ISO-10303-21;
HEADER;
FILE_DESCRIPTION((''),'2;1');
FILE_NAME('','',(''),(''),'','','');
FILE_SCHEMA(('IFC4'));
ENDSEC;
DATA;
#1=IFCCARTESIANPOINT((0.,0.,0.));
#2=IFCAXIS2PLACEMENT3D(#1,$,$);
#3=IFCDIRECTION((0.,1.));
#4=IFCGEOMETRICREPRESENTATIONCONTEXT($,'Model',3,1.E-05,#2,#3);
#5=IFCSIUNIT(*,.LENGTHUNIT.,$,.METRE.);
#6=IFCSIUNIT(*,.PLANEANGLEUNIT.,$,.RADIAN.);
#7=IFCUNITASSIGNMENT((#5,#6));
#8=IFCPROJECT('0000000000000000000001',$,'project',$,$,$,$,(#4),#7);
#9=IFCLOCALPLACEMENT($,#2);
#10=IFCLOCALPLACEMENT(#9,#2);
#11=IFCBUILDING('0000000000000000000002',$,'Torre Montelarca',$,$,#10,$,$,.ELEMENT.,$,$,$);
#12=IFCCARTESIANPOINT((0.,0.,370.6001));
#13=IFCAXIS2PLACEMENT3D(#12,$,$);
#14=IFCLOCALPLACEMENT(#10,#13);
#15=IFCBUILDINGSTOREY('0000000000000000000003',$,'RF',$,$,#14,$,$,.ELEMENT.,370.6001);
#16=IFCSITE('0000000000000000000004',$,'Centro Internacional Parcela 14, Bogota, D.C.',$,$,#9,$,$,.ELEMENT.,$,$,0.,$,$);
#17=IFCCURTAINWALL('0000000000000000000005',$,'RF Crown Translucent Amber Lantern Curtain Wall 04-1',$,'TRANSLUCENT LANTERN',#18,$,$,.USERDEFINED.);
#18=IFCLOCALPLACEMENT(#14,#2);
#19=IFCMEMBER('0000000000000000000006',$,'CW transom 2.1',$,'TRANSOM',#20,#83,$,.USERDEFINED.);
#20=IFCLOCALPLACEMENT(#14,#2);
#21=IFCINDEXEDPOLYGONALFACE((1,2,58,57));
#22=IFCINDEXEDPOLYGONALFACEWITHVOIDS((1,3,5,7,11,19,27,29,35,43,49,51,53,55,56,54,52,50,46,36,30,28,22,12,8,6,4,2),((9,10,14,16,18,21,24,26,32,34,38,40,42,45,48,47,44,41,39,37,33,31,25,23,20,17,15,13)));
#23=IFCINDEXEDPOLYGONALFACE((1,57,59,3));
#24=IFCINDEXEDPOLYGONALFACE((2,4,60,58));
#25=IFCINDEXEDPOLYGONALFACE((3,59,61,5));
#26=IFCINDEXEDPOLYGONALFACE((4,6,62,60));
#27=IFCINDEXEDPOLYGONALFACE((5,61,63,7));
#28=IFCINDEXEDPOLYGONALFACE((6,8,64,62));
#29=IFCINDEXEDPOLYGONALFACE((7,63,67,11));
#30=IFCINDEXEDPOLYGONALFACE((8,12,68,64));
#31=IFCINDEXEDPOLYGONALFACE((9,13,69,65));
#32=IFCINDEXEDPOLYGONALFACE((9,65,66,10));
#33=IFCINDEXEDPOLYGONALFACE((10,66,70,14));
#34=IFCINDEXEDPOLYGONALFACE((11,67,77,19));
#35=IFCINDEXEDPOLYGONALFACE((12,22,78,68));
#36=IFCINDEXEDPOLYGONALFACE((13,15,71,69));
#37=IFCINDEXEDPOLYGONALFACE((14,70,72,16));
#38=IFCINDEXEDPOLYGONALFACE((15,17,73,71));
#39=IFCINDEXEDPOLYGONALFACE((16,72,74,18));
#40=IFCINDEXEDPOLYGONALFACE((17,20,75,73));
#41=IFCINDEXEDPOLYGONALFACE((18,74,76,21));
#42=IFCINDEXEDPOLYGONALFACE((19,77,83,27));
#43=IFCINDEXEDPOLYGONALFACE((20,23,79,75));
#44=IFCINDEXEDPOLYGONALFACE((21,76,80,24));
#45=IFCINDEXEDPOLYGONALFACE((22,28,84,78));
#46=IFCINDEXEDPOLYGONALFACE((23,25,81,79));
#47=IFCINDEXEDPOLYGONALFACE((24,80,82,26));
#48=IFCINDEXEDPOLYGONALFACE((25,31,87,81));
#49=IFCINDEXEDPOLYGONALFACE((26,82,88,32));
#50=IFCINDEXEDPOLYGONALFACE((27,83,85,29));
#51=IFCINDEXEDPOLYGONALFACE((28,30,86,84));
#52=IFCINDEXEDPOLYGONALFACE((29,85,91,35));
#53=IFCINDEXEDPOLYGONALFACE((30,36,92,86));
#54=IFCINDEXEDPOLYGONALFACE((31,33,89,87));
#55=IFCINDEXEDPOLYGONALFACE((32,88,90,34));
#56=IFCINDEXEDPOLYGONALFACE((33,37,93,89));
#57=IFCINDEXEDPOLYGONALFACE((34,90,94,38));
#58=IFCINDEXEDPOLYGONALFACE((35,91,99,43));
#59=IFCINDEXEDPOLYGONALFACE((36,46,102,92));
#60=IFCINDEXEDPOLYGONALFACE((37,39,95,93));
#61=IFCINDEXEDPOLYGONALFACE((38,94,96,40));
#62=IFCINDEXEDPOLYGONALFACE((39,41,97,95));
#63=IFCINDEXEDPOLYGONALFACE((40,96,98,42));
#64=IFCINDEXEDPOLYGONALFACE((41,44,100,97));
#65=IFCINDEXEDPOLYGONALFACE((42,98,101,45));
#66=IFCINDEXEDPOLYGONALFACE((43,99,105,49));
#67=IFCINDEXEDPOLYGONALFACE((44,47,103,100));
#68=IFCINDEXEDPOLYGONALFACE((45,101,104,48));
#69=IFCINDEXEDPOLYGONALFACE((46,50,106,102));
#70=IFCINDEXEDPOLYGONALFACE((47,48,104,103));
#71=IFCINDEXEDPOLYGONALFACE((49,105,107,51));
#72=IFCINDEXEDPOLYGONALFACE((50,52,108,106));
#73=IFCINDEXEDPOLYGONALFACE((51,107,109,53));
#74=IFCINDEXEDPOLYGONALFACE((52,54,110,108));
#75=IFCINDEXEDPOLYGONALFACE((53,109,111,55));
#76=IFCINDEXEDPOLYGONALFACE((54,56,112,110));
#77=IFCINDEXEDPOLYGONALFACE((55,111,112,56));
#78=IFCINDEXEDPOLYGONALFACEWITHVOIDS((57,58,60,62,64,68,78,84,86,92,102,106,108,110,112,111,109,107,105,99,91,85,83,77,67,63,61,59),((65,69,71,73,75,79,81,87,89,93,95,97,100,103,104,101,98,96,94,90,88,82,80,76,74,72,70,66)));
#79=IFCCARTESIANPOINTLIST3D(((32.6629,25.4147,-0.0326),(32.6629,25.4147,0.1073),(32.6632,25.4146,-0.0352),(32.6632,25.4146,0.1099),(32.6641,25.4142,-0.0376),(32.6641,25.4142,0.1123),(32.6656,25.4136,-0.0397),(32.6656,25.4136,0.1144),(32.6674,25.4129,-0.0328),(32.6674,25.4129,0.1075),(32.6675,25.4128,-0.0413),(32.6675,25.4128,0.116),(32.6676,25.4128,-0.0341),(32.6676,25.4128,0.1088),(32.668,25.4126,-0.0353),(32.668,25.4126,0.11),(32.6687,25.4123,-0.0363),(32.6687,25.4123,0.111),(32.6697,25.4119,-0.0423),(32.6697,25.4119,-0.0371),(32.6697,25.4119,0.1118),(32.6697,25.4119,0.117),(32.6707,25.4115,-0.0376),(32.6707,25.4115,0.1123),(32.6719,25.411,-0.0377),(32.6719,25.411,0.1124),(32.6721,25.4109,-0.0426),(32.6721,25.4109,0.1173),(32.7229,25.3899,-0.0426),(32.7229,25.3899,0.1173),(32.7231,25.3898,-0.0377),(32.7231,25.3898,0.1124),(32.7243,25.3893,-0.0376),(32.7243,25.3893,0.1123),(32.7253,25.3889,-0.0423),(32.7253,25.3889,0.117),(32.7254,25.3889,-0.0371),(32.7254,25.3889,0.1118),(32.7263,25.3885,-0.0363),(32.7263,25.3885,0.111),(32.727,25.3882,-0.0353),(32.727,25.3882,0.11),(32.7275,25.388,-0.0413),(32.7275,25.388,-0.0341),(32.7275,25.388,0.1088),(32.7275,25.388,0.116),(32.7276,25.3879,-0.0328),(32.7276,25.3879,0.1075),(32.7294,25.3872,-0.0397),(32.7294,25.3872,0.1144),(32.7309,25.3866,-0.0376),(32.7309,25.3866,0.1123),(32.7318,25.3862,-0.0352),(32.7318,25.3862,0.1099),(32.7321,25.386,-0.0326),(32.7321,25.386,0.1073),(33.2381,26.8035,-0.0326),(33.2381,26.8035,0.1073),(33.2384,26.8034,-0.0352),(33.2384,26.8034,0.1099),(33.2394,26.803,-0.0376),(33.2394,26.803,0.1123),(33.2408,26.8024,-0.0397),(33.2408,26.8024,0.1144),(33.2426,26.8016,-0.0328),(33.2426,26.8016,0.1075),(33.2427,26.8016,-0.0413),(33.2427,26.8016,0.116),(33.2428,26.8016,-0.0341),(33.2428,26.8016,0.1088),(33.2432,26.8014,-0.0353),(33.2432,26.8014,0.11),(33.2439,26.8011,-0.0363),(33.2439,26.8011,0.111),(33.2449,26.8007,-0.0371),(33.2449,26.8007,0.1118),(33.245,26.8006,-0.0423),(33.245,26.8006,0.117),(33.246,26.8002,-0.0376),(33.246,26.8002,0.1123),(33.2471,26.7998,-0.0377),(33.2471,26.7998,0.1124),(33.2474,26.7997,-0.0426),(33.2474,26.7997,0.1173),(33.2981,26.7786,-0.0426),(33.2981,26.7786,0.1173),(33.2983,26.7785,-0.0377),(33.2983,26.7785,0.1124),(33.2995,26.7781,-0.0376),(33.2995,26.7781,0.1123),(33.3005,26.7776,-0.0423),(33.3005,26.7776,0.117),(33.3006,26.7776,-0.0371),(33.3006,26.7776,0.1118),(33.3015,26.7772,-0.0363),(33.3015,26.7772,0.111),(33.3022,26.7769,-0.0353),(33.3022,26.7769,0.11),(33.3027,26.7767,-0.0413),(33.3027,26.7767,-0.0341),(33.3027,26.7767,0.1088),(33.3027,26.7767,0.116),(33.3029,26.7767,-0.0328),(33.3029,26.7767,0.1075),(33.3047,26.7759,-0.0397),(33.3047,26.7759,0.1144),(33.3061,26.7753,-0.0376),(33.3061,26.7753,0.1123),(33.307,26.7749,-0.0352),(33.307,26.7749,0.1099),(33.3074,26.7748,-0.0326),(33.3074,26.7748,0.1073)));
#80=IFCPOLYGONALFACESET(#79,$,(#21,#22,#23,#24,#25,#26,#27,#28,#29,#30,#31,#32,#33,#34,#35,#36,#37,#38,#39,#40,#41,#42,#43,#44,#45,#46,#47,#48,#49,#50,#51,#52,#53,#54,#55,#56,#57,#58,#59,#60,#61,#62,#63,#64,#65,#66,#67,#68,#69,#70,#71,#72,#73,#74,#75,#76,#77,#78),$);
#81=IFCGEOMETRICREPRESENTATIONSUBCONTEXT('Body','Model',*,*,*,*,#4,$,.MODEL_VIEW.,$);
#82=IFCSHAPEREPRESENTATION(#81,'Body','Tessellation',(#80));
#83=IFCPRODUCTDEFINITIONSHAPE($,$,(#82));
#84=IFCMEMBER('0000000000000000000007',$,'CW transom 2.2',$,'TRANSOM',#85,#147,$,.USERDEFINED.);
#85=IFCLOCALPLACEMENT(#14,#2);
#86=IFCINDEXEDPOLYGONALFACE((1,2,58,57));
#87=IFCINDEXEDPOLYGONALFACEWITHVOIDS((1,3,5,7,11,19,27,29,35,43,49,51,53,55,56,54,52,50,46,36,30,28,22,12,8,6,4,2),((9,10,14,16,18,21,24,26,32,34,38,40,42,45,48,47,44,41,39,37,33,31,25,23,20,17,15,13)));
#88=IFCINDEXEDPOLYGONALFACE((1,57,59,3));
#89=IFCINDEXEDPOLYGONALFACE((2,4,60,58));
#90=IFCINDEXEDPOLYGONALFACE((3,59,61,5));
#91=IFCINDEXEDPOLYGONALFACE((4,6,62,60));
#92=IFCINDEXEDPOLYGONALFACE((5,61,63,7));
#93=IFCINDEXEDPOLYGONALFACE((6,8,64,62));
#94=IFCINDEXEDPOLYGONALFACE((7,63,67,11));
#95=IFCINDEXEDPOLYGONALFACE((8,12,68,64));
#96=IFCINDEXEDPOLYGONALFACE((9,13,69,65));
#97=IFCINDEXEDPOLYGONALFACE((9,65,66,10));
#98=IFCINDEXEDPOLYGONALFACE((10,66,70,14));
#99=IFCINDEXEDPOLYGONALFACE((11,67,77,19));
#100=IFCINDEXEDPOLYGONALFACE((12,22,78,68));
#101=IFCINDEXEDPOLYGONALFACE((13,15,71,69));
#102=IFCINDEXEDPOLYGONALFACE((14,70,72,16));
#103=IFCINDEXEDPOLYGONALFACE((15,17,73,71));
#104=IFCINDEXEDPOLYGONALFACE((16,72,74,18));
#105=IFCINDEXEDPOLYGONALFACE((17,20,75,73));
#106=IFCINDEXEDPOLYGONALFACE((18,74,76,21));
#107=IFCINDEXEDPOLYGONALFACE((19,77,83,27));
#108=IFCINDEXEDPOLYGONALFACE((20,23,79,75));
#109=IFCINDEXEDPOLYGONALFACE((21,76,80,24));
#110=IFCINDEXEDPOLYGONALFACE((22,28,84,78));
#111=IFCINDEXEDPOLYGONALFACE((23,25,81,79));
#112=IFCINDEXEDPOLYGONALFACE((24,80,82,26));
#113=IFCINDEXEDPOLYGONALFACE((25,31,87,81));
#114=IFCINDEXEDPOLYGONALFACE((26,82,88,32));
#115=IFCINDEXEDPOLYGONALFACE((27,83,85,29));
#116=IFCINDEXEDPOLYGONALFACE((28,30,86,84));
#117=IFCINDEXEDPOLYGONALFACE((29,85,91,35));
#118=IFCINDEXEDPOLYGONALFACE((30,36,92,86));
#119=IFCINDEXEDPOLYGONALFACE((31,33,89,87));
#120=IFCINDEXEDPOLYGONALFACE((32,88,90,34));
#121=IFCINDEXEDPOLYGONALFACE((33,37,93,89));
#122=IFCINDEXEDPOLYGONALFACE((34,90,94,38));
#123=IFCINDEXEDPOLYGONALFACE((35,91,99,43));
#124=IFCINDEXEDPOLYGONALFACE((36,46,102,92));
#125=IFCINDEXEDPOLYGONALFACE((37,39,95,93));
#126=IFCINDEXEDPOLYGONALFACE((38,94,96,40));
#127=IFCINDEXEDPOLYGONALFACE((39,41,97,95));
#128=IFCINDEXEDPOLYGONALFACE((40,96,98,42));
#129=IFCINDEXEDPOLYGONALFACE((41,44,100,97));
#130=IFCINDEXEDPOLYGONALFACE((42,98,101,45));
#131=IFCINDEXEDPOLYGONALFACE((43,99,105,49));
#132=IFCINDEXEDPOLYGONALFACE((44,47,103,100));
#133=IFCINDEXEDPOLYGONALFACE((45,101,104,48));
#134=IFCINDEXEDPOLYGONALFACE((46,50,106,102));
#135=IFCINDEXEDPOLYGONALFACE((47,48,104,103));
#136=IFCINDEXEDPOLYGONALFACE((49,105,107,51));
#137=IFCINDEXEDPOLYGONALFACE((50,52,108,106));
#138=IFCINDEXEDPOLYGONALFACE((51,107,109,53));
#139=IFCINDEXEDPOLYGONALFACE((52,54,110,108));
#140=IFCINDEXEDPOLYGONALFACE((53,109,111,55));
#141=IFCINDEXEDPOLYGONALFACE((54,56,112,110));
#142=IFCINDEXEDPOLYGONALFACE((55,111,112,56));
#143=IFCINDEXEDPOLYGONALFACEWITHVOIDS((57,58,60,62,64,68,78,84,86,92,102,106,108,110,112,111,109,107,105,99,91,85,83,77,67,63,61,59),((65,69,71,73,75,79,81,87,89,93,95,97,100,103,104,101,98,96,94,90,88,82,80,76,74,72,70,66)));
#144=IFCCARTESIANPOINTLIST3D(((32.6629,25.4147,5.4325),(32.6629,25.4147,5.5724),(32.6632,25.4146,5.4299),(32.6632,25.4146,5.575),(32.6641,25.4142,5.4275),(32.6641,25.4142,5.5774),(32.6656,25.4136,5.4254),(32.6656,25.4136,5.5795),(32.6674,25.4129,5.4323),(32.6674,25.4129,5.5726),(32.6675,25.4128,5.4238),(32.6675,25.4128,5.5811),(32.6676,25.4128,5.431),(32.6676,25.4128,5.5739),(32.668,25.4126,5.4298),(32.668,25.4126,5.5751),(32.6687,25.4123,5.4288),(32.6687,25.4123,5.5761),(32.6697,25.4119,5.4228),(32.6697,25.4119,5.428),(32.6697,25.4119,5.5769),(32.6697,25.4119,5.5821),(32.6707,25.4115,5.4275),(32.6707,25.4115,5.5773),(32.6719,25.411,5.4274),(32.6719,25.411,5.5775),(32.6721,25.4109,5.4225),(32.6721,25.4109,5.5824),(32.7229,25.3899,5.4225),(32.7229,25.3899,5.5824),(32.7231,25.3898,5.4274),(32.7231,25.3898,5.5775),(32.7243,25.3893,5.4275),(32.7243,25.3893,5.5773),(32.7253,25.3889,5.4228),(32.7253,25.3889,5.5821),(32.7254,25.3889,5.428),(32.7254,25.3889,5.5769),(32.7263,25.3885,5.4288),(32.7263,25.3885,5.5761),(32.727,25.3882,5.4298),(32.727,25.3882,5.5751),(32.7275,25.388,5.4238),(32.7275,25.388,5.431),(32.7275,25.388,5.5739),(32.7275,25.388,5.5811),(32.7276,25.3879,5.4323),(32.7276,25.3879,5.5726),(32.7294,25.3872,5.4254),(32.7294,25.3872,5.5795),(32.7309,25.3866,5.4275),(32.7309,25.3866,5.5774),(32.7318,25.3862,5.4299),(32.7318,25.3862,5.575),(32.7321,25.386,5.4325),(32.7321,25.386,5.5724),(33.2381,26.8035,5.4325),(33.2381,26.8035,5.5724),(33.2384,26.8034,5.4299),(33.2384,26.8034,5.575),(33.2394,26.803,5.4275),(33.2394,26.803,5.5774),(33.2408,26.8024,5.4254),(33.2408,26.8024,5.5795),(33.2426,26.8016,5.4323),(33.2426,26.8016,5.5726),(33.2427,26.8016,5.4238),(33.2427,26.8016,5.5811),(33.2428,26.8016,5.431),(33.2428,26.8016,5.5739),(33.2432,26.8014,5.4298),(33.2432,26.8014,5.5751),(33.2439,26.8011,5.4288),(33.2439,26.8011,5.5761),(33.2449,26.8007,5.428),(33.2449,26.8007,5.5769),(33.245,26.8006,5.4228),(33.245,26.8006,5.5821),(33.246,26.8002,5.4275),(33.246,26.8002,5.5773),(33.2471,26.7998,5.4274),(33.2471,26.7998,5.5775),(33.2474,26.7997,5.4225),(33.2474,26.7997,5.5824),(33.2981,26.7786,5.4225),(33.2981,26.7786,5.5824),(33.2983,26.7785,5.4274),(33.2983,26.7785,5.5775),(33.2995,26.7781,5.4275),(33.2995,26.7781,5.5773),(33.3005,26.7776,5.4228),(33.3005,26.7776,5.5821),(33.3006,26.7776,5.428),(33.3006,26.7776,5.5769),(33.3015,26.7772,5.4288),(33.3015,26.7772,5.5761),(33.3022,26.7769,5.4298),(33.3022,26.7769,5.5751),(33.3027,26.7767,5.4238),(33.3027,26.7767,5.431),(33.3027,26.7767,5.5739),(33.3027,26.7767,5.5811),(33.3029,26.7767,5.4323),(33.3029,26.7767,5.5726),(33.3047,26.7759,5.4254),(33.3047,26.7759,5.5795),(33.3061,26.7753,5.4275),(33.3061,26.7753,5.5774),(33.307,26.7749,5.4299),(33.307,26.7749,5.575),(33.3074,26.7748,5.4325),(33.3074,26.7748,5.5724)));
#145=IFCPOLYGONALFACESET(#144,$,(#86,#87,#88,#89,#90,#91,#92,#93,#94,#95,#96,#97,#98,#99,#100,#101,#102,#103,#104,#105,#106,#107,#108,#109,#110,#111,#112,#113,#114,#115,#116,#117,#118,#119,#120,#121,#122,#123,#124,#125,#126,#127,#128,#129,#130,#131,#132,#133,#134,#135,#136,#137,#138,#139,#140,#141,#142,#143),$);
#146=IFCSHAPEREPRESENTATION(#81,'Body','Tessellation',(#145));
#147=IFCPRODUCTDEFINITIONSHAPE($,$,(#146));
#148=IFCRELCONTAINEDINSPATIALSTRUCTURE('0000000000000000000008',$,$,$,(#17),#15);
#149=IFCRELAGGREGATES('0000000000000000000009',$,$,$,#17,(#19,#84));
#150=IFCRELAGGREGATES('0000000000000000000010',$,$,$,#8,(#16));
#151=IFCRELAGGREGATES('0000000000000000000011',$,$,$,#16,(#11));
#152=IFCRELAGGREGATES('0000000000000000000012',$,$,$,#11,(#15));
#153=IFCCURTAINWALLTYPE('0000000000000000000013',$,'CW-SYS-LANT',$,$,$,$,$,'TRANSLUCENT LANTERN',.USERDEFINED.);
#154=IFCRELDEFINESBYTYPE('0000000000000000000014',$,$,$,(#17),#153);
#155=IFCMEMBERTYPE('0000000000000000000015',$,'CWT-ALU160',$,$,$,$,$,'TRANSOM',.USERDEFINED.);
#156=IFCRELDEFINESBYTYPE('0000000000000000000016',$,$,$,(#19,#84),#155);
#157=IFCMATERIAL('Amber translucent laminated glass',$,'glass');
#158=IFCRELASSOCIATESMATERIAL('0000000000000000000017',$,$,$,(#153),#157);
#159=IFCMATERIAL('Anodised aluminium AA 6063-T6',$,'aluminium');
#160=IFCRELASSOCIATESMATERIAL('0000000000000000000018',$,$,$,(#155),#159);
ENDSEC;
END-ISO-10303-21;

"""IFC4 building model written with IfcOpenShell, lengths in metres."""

from ifc_helpers import new_model, si_unit, direction, frame, origin, origin_2d, place, context, subcontext, project, spatial, hollow_rectangle, extrude, source, transform, mapped, material, material_profile, profile_set, type_object, element, aggregate, save


model = new_model("IFC4")

# Units and contexts
model_context = context("Model", 3, precision=1e-05, world=origin(), true_north=direction((0.0, 1.0)))
body_context = subcontext(model_context, "Body", "Model", "MODEL_VIEW")
ifc_project = project(units=[si_unit("LENGTHUNIT", "METRE"), si_unit("PLANEANGLEUNIT", "RADIAN")], contexts=[model_context])

# Site, building, storey
site_placement = place(None, origin())
site = spatial("IfcSite", under=ifc_project, at=site_placement, Name="Centro Internacional Parcela 14, Bogota, D.C.", CompositionType="ELEMENT", RefElevation=0.0)
building_placement = place(site_placement, origin())
building = spatial("IfcBuilding", under=site, at=building_placement, Name="Torre Montelarca", CompositionType="ELEMENT")
storey_placement = place(building_placement, frame((0.0, 0.0, 370.6001)))
storey = spatial("IfcBuildingStorey", under=building, at=storey_placement, Name="RF", CompositionType="ELEMENT", Elevation=370.6001)

# Curtain wall
ifc_material_1 = material(Name="Amber translucent laminated glass", Category="glass")
curtain_wall_type = type_object("IfcCurtainWallType", Name="CW-SYS-LANT", ElementType="TRANSLUCENT LANTERN", PredefinedType="USERDEFINED", material=ifc_material_1)
ifc_material_2 = material(Name="Anodised aluminium AA 6063-T6", Category="aluminium")
curtain_wall_1_placement = place(storey_placement, origin())
curtain_wall_1 = element("IfcCurtainWall", 1, at=curtain_wall_1_placement, inside=storey, type_object=curtain_wall_type, Name="RF Crown Translucent Amber Lantern Curtain Wall 04-1", ObjectType="TRANSLUCENT LANTERN", PredefinedType="USERDEFINED")
ifc_material_profile_1 = material_profile(ifc_material_2, hollow_rectangle(XDim=0.075, YDim=0.1599, WallThickness=0.0049, InnerFilletRadius=0.0049, OuterFilletRadius=0.01, at=origin_2d()), Name="ALU75X160X5", Category="aluminium")
ifc_profile_set_1 = profile_set([ifc_material_profile_1], Name="Anodised aluminium AA 6063-T6")
member_type_1 = type_object("IfcMemberType", Name="CWT-ALU160", ElementType="TRANSOM", PredefinedType="USERDEFINED", material=ifc_profile_set_1)

# Members
shared_shape_1 = source(origin(), body_context, "Body", "SweptSolid", [
    extrude(hollow_rectangle(XDim=0.075, YDim=0.1599, WallThickness=0.0049, InnerFilletRadius=0.0049, OuterFilletRadius=0.01, at=origin_2d()), origin(), (0.0, 0.0, 1.0), 1.5032),
])
member_1_placement = place(storey_placement, frame((32.6975, 25.4004, 0.0374), z_axis=(0.382677, 0.923882, 0.0), x_axis=(-0.923882, 0.382677, 0.0)))
member_1 = element("IfcMember", 2, at=member_1_placement, type_object=member_type_1, Name="CW transom 2.1", ObjectType="TRANSOM", PredefinedType="USERDEFINED", context=body_context, shape_type="MappedRepresentation", body=[
    mapped(shared_shape_1, transform((0.0, 0.0, 0.0), scale=1.0)),
])
member_2_placement = place(storey_placement, frame((32.6975, 25.4004, 5.5024), z_axis=(0.382677, 0.923882, 0.0), x_axis=(-0.923882, 0.382677, 0.0)))
member_2 = element("IfcMember", 3, at=member_2_placement, type_object=member_type_1, Name="CW transom 2.2", ObjectType="TRANSOM", PredefinedType="USERDEFINED", context=body_context, shape_type="MappedRepresentation", body=[
    mapped(shared_shape_1, transform((0.0, 0.0, 0.0), scale=1.0)),
])

aggregate(curtain_wall_1, [member_1, member_2])

save(model, "model.ifc")
